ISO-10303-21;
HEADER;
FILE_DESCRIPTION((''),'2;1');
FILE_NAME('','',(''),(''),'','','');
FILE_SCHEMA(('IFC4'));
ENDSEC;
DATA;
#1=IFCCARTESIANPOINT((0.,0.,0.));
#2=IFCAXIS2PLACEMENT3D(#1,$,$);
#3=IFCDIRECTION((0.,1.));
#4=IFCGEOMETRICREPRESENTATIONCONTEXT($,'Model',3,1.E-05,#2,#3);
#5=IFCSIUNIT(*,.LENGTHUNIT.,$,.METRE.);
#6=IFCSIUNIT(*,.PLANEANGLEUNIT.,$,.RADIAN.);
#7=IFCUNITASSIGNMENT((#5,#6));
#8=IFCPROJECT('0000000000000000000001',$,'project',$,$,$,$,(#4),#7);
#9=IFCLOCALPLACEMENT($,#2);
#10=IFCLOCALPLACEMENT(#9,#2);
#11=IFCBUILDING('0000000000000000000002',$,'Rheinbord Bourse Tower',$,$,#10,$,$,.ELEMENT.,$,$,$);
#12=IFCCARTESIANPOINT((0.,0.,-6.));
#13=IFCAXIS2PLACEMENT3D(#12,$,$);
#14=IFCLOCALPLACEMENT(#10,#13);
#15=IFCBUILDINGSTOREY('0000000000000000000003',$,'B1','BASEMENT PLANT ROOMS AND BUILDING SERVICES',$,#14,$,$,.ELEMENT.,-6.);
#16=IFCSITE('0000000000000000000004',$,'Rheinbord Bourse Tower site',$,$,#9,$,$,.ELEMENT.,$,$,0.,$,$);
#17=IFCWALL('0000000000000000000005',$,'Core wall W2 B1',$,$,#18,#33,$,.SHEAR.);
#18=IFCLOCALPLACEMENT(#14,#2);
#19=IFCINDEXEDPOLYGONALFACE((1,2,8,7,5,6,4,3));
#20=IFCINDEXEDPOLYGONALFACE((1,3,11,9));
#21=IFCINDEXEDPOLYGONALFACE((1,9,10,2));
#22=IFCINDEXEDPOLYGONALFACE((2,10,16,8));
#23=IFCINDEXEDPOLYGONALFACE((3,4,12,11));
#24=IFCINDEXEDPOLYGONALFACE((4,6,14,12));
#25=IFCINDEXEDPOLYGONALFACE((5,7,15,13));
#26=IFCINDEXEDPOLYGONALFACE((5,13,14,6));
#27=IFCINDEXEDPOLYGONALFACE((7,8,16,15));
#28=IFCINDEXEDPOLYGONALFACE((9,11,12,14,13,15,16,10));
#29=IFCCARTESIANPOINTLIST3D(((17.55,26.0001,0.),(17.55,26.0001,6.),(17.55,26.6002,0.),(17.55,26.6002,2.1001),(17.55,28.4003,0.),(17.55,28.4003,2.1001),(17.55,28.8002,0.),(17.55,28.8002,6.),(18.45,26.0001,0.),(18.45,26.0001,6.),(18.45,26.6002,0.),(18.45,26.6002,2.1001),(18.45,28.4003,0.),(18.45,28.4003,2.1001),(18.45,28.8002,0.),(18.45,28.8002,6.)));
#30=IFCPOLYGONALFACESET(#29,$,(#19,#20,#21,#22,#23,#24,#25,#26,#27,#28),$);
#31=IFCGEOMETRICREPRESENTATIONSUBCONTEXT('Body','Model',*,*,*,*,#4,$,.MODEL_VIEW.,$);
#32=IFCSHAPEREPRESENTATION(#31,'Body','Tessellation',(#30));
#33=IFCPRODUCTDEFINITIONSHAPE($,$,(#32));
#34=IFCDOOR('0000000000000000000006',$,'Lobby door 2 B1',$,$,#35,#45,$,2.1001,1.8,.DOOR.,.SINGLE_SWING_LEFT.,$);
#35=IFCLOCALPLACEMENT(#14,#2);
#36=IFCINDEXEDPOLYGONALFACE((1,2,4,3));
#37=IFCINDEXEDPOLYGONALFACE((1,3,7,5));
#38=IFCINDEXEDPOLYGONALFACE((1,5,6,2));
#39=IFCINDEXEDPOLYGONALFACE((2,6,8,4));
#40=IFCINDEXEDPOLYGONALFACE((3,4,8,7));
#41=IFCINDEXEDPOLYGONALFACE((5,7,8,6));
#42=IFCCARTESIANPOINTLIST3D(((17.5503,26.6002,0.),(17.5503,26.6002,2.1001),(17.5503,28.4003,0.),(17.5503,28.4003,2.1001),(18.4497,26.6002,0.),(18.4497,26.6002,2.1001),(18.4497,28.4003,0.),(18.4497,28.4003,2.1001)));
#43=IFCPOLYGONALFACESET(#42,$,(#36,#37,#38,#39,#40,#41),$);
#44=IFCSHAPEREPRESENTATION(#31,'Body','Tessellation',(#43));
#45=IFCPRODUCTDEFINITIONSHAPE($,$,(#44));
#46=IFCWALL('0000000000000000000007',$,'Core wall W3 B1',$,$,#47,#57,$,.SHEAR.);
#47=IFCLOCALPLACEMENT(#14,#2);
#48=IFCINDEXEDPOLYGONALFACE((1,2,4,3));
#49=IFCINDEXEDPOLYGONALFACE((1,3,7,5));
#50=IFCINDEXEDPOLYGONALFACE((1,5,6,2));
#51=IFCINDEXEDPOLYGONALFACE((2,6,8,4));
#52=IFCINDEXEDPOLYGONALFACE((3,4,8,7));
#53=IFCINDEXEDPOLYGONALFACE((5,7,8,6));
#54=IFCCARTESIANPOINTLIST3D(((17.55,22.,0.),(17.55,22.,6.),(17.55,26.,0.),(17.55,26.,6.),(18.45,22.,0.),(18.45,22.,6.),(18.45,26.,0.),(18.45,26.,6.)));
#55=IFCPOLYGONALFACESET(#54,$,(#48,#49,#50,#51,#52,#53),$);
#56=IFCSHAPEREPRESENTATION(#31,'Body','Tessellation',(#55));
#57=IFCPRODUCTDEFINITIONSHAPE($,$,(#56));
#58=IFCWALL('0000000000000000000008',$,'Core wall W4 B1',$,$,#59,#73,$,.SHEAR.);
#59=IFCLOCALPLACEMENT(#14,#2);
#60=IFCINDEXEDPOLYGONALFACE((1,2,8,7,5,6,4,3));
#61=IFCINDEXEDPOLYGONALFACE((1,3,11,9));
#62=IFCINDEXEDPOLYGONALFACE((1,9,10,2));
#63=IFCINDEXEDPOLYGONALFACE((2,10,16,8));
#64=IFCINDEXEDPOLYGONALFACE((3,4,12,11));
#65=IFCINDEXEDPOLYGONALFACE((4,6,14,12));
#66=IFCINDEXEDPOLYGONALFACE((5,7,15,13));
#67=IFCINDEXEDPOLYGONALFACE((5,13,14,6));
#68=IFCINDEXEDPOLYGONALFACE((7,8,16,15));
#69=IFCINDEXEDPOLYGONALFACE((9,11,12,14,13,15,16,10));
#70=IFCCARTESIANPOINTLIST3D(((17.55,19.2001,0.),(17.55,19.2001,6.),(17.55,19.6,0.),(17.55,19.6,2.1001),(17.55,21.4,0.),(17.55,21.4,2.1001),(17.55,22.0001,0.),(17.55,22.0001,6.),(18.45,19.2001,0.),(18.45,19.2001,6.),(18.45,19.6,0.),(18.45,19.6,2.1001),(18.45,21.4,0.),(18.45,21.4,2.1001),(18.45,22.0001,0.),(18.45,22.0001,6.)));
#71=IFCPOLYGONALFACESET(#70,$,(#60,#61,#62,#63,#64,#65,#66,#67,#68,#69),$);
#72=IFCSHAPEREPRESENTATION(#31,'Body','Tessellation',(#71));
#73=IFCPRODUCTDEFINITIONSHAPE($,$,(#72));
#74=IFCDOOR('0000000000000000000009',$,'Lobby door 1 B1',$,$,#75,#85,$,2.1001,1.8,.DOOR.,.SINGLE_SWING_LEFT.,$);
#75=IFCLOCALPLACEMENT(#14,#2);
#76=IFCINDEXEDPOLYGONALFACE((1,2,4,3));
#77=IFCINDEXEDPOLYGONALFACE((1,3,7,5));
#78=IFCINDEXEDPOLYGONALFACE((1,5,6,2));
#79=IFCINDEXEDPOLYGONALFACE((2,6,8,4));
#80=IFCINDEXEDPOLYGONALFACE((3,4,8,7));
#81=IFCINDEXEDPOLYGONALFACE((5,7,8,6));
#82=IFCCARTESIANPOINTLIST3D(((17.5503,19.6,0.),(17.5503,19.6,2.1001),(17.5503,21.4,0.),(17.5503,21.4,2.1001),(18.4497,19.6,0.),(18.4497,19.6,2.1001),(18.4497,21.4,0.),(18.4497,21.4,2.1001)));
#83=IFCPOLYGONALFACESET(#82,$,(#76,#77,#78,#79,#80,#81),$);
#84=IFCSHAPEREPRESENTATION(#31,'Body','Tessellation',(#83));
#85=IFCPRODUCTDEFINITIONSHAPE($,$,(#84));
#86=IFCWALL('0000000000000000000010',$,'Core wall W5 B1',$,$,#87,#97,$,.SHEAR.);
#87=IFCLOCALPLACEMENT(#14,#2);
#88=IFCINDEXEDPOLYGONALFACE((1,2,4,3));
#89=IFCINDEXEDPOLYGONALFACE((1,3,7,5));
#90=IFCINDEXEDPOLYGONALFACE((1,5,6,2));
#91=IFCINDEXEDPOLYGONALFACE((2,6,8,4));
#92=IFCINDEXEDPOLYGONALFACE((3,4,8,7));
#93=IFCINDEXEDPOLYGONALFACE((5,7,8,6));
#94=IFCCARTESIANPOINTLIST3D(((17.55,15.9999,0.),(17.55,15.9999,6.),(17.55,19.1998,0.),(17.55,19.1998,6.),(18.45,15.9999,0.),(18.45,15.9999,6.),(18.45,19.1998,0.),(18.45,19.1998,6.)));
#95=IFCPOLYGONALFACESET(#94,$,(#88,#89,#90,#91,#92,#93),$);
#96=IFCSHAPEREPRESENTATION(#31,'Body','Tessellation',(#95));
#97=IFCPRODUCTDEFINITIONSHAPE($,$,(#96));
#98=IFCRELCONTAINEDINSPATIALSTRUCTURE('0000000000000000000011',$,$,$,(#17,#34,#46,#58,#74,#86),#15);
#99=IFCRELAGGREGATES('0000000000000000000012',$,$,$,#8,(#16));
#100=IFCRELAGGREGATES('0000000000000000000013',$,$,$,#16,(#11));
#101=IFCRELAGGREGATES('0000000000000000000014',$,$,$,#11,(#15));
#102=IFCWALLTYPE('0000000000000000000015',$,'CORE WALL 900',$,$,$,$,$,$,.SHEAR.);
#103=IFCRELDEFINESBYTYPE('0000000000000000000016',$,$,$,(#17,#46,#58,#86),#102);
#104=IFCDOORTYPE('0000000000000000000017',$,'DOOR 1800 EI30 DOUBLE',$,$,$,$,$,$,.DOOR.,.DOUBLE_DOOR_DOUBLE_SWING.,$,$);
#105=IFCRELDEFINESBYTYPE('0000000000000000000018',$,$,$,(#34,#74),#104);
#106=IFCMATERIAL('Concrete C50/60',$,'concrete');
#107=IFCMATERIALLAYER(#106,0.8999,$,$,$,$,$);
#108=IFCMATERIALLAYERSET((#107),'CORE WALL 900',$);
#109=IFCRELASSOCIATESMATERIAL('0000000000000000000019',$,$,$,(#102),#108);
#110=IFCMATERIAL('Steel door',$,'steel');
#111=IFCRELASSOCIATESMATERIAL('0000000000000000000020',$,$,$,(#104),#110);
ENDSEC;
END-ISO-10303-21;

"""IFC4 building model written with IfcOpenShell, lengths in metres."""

from ifc_helpers import new_model, si_unit, direction, frame, frame_2d, origin, place, context, subcontext, project, spatial, rectangle, extrude, material, layer, layer_set, type_object, element, fill, save


model = new_model("IFC4")

# Units and contexts
model_context = context("Model", 3, precision=1e-05, world=origin(), true_north=direction((0.0, 1.0)))
body_context = subcontext(model_context, "Body", "Model", "MODEL_VIEW")
ifc_project = project(units=[si_unit("LENGTHUNIT", "METRE"), si_unit("PLANEANGLEUNIT", "RADIAN")], contexts=[model_context])

# Site, building, storey
site_placement = place(None, origin())
site = spatial("IfcSite", under=ifc_project, at=site_placement, Name="Rheinbord Bourse Tower site", CompositionType="ELEMENT", RefElevation=0.0)
building_placement = place(site_placement, origin())
building = spatial("IfcBuilding", under=site, at=building_placement, Name="Rheinbord Bourse Tower", CompositionType="ELEMENT")
storey_placement = place(building_placement, frame((0.0, 0.0, -6.0)))
storey = spatial("IfcBuildingStorey", under=building, at=storey_placement, Name="B1", Description="BASEMENT PLANT ROOMS AND BUILDING SERVICES", CompositionType="ELEMENT", Elevation=-6.0)

# Shared definitions
ifc_material_1 = material(Name="Concrete C50/60", Category="concrete")
ifc_layer_1 = layer(ifc_material_1, 0.8999)
ifc_layer_set_1 = layer_set([ifc_layer_1], Name="CORE WALL 900")
wall_type_1 = type_object("IfcWallType", Name="CORE WALL 900", PredefinedType="SHEAR", material=ifc_layer_set_1)

# Wall, opening, door
wall_1_placement = place(storey_placement, frame((18.0, 28.8, 0.0), z_axis=(0.0, 0.0, 1.0), x_axis=(0.0, -1.0, 0.0)))
wall_1 = element("IfcWall", 1, at=wall_1_placement, inside=storey, type_object=wall_type_1, Name="Core wall W2 B1", PredefinedType="SHEAR", context=body_context, shape_type="SweptSolid", body=[
    extrude(rectangle(XDim=2.8, YDim=0.8999, at=frame_2d((1.3999, 0.0))), origin(), (0.0, 0.0, 1.0), 6.0),
])
opening_1_placement = place(wall_1_placement, frame((0.3999, 0.0, 0.0)))
opening_1 = element("IfcOpeningElement", 2, at=opening_1_placement, cuts=wall_1, PredefinedType="OPENING", context=body_context, shape_type="SweptSolid", body=[
    extrude(rectangle(XDim=1.8, YDim=2.1001, at=frame_2d((0.8999, 1.05))), frame((0.0, 0.46, 0.0), z_axis=(0.0, -1.0, 0.0), x_axis=(1.0, 0.0, 0.0)), (0.0, 0.0, 1.0), 0.9199),
])
ifc_material_2 = material(Name="Steel door", Category="steel")
door_type_1 = type_object("IfcDoorType", Name="DOOR 1800 EI30 DOUBLE", OperationType="DOUBLE_DOOR_DOUBLE_SWING", PredefinedType="DOOR", material=ifc_material_2)
door_1_placement = place(opening_1_placement, origin())
door_1 = element("IfcDoor", 3, at=door_1_placement, inside=storey, type_object=door_type_1, Name="Lobby door 2 B1", OperationType="SINGLE_SWING_LEFT", OverallHeight=2.1001, OverallWidth=1.8, PredefinedType="DOOR", context=body_context, shape_type="SweptSolid", body=[
    extrude(rectangle(XDim=1.8, YDim=2.1001, at=frame_2d((0.8999, 1.05))), frame((0.0, 0.4497, 0.0), z_axis=(0.0, -1.0, 0.0), x_axis=(1.0, 0.0, 0.0)), (0.0, 0.0, 1.0), 0.8994),
])
fill(opening_1, door_1)

# Wall
wall_2_placement = place(storey_placement, frame((18.0, 26.0, 0.0), z_axis=(0.0, 0.0, 1.0), x_axis=(0.0, -1.0, 0.0)))
element("IfcWall", 4, at=wall_2_placement, inside=storey, type_object=wall_type_1, Name="Core wall W3 B1", PredefinedType="SHEAR", context=body_context, shape_type="SweptSolid", body=[
    extrude(rectangle(XDim=4.0, YDim=0.8999, at=frame_2d((2.0, 0.0))), origin(), (0.0, 0.0, 1.0), 6.0),
])

# Wall, opening, door
wall_3_placement = place(storey_placement, frame((18.0, 22.0, 0.0), z_axis=(0.0, 0.0, 1.0), x_axis=(0.0, -1.0, 0.0)))
wall_3 = element("IfcWall", 5, at=wall_3_placement, inside=storey, type_object=wall_type_1, Name="Core wall W4 B1", PredefinedType="SHEAR", context=body_context, shape_type="SweptSolid", body=[
    extrude(rectangle(XDim=2.8, YDim=0.8999, at=frame_2d((1.3999, 0.0))), origin(), (0.0, 0.0, 1.0), 6.0),
])
opening_2_placement = place(wall_3_placement, frame((0.6001, 0.0, 0.0)))
opening_2 = element("IfcOpeningElement", 6, at=opening_2_placement, cuts=wall_3, PredefinedType="OPENING", context=body_context, shape_type="SweptSolid", body=[
    extrude(rectangle(XDim=1.8, YDim=2.1001, at=frame_2d((0.8999, 1.05))), frame((0.0, 0.46, 0.0), z_axis=(0.0, -1.0, 0.0), x_axis=(1.0, 0.0, 0.0)), (0.0, 0.0, 1.0), 0.9199),
])
door_2_placement = place(opening_2_placement, origin())
door_2 = element("IfcDoor", 7, at=door_2_placement, inside=storey, type_object=door_type_1, Name="Lobby door 1 B1", OperationType="SINGLE_SWING_LEFT", OverallHeight=2.1001, OverallWidth=1.8, PredefinedType="DOOR", context=body_context, shape_type="SweptSolid", body=[
    extrude(rectangle(XDim=1.8, YDim=2.1001, at=frame_2d((0.8999, 1.05))), frame((0.0, 0.4497, 0.0), z_axis=(0.0, -1.0, 0.0), x_axis=(1.0, 0.0, 0.0)), (0.0, 0.0, 1.0), 0.8994),
])
fill(opening_2, door_2)

# Wall
wall_4_placement = place(storey_placement, frame((18.0, 19.2, 0.0), z_axis=(0.0, 0.0, 1.0), x_axis=(0.0, -1.0, 0.0)))
element("IfcWall", 8, at=wall_4_placement, inside=storey, type_object=wall_type_1, Name="Core wall W5 B1", PredefinedType="SHEAR", context=body_context, shape_type="SweptSolid", body=[
    extrude(rectangle(XDim=3.2, YDim=0.8999, at=frame_2d((1.6001, 0.0))), origin(), (0.0, 0.0, 1.0), 6.0),
])

save(model, "model.ifc")
